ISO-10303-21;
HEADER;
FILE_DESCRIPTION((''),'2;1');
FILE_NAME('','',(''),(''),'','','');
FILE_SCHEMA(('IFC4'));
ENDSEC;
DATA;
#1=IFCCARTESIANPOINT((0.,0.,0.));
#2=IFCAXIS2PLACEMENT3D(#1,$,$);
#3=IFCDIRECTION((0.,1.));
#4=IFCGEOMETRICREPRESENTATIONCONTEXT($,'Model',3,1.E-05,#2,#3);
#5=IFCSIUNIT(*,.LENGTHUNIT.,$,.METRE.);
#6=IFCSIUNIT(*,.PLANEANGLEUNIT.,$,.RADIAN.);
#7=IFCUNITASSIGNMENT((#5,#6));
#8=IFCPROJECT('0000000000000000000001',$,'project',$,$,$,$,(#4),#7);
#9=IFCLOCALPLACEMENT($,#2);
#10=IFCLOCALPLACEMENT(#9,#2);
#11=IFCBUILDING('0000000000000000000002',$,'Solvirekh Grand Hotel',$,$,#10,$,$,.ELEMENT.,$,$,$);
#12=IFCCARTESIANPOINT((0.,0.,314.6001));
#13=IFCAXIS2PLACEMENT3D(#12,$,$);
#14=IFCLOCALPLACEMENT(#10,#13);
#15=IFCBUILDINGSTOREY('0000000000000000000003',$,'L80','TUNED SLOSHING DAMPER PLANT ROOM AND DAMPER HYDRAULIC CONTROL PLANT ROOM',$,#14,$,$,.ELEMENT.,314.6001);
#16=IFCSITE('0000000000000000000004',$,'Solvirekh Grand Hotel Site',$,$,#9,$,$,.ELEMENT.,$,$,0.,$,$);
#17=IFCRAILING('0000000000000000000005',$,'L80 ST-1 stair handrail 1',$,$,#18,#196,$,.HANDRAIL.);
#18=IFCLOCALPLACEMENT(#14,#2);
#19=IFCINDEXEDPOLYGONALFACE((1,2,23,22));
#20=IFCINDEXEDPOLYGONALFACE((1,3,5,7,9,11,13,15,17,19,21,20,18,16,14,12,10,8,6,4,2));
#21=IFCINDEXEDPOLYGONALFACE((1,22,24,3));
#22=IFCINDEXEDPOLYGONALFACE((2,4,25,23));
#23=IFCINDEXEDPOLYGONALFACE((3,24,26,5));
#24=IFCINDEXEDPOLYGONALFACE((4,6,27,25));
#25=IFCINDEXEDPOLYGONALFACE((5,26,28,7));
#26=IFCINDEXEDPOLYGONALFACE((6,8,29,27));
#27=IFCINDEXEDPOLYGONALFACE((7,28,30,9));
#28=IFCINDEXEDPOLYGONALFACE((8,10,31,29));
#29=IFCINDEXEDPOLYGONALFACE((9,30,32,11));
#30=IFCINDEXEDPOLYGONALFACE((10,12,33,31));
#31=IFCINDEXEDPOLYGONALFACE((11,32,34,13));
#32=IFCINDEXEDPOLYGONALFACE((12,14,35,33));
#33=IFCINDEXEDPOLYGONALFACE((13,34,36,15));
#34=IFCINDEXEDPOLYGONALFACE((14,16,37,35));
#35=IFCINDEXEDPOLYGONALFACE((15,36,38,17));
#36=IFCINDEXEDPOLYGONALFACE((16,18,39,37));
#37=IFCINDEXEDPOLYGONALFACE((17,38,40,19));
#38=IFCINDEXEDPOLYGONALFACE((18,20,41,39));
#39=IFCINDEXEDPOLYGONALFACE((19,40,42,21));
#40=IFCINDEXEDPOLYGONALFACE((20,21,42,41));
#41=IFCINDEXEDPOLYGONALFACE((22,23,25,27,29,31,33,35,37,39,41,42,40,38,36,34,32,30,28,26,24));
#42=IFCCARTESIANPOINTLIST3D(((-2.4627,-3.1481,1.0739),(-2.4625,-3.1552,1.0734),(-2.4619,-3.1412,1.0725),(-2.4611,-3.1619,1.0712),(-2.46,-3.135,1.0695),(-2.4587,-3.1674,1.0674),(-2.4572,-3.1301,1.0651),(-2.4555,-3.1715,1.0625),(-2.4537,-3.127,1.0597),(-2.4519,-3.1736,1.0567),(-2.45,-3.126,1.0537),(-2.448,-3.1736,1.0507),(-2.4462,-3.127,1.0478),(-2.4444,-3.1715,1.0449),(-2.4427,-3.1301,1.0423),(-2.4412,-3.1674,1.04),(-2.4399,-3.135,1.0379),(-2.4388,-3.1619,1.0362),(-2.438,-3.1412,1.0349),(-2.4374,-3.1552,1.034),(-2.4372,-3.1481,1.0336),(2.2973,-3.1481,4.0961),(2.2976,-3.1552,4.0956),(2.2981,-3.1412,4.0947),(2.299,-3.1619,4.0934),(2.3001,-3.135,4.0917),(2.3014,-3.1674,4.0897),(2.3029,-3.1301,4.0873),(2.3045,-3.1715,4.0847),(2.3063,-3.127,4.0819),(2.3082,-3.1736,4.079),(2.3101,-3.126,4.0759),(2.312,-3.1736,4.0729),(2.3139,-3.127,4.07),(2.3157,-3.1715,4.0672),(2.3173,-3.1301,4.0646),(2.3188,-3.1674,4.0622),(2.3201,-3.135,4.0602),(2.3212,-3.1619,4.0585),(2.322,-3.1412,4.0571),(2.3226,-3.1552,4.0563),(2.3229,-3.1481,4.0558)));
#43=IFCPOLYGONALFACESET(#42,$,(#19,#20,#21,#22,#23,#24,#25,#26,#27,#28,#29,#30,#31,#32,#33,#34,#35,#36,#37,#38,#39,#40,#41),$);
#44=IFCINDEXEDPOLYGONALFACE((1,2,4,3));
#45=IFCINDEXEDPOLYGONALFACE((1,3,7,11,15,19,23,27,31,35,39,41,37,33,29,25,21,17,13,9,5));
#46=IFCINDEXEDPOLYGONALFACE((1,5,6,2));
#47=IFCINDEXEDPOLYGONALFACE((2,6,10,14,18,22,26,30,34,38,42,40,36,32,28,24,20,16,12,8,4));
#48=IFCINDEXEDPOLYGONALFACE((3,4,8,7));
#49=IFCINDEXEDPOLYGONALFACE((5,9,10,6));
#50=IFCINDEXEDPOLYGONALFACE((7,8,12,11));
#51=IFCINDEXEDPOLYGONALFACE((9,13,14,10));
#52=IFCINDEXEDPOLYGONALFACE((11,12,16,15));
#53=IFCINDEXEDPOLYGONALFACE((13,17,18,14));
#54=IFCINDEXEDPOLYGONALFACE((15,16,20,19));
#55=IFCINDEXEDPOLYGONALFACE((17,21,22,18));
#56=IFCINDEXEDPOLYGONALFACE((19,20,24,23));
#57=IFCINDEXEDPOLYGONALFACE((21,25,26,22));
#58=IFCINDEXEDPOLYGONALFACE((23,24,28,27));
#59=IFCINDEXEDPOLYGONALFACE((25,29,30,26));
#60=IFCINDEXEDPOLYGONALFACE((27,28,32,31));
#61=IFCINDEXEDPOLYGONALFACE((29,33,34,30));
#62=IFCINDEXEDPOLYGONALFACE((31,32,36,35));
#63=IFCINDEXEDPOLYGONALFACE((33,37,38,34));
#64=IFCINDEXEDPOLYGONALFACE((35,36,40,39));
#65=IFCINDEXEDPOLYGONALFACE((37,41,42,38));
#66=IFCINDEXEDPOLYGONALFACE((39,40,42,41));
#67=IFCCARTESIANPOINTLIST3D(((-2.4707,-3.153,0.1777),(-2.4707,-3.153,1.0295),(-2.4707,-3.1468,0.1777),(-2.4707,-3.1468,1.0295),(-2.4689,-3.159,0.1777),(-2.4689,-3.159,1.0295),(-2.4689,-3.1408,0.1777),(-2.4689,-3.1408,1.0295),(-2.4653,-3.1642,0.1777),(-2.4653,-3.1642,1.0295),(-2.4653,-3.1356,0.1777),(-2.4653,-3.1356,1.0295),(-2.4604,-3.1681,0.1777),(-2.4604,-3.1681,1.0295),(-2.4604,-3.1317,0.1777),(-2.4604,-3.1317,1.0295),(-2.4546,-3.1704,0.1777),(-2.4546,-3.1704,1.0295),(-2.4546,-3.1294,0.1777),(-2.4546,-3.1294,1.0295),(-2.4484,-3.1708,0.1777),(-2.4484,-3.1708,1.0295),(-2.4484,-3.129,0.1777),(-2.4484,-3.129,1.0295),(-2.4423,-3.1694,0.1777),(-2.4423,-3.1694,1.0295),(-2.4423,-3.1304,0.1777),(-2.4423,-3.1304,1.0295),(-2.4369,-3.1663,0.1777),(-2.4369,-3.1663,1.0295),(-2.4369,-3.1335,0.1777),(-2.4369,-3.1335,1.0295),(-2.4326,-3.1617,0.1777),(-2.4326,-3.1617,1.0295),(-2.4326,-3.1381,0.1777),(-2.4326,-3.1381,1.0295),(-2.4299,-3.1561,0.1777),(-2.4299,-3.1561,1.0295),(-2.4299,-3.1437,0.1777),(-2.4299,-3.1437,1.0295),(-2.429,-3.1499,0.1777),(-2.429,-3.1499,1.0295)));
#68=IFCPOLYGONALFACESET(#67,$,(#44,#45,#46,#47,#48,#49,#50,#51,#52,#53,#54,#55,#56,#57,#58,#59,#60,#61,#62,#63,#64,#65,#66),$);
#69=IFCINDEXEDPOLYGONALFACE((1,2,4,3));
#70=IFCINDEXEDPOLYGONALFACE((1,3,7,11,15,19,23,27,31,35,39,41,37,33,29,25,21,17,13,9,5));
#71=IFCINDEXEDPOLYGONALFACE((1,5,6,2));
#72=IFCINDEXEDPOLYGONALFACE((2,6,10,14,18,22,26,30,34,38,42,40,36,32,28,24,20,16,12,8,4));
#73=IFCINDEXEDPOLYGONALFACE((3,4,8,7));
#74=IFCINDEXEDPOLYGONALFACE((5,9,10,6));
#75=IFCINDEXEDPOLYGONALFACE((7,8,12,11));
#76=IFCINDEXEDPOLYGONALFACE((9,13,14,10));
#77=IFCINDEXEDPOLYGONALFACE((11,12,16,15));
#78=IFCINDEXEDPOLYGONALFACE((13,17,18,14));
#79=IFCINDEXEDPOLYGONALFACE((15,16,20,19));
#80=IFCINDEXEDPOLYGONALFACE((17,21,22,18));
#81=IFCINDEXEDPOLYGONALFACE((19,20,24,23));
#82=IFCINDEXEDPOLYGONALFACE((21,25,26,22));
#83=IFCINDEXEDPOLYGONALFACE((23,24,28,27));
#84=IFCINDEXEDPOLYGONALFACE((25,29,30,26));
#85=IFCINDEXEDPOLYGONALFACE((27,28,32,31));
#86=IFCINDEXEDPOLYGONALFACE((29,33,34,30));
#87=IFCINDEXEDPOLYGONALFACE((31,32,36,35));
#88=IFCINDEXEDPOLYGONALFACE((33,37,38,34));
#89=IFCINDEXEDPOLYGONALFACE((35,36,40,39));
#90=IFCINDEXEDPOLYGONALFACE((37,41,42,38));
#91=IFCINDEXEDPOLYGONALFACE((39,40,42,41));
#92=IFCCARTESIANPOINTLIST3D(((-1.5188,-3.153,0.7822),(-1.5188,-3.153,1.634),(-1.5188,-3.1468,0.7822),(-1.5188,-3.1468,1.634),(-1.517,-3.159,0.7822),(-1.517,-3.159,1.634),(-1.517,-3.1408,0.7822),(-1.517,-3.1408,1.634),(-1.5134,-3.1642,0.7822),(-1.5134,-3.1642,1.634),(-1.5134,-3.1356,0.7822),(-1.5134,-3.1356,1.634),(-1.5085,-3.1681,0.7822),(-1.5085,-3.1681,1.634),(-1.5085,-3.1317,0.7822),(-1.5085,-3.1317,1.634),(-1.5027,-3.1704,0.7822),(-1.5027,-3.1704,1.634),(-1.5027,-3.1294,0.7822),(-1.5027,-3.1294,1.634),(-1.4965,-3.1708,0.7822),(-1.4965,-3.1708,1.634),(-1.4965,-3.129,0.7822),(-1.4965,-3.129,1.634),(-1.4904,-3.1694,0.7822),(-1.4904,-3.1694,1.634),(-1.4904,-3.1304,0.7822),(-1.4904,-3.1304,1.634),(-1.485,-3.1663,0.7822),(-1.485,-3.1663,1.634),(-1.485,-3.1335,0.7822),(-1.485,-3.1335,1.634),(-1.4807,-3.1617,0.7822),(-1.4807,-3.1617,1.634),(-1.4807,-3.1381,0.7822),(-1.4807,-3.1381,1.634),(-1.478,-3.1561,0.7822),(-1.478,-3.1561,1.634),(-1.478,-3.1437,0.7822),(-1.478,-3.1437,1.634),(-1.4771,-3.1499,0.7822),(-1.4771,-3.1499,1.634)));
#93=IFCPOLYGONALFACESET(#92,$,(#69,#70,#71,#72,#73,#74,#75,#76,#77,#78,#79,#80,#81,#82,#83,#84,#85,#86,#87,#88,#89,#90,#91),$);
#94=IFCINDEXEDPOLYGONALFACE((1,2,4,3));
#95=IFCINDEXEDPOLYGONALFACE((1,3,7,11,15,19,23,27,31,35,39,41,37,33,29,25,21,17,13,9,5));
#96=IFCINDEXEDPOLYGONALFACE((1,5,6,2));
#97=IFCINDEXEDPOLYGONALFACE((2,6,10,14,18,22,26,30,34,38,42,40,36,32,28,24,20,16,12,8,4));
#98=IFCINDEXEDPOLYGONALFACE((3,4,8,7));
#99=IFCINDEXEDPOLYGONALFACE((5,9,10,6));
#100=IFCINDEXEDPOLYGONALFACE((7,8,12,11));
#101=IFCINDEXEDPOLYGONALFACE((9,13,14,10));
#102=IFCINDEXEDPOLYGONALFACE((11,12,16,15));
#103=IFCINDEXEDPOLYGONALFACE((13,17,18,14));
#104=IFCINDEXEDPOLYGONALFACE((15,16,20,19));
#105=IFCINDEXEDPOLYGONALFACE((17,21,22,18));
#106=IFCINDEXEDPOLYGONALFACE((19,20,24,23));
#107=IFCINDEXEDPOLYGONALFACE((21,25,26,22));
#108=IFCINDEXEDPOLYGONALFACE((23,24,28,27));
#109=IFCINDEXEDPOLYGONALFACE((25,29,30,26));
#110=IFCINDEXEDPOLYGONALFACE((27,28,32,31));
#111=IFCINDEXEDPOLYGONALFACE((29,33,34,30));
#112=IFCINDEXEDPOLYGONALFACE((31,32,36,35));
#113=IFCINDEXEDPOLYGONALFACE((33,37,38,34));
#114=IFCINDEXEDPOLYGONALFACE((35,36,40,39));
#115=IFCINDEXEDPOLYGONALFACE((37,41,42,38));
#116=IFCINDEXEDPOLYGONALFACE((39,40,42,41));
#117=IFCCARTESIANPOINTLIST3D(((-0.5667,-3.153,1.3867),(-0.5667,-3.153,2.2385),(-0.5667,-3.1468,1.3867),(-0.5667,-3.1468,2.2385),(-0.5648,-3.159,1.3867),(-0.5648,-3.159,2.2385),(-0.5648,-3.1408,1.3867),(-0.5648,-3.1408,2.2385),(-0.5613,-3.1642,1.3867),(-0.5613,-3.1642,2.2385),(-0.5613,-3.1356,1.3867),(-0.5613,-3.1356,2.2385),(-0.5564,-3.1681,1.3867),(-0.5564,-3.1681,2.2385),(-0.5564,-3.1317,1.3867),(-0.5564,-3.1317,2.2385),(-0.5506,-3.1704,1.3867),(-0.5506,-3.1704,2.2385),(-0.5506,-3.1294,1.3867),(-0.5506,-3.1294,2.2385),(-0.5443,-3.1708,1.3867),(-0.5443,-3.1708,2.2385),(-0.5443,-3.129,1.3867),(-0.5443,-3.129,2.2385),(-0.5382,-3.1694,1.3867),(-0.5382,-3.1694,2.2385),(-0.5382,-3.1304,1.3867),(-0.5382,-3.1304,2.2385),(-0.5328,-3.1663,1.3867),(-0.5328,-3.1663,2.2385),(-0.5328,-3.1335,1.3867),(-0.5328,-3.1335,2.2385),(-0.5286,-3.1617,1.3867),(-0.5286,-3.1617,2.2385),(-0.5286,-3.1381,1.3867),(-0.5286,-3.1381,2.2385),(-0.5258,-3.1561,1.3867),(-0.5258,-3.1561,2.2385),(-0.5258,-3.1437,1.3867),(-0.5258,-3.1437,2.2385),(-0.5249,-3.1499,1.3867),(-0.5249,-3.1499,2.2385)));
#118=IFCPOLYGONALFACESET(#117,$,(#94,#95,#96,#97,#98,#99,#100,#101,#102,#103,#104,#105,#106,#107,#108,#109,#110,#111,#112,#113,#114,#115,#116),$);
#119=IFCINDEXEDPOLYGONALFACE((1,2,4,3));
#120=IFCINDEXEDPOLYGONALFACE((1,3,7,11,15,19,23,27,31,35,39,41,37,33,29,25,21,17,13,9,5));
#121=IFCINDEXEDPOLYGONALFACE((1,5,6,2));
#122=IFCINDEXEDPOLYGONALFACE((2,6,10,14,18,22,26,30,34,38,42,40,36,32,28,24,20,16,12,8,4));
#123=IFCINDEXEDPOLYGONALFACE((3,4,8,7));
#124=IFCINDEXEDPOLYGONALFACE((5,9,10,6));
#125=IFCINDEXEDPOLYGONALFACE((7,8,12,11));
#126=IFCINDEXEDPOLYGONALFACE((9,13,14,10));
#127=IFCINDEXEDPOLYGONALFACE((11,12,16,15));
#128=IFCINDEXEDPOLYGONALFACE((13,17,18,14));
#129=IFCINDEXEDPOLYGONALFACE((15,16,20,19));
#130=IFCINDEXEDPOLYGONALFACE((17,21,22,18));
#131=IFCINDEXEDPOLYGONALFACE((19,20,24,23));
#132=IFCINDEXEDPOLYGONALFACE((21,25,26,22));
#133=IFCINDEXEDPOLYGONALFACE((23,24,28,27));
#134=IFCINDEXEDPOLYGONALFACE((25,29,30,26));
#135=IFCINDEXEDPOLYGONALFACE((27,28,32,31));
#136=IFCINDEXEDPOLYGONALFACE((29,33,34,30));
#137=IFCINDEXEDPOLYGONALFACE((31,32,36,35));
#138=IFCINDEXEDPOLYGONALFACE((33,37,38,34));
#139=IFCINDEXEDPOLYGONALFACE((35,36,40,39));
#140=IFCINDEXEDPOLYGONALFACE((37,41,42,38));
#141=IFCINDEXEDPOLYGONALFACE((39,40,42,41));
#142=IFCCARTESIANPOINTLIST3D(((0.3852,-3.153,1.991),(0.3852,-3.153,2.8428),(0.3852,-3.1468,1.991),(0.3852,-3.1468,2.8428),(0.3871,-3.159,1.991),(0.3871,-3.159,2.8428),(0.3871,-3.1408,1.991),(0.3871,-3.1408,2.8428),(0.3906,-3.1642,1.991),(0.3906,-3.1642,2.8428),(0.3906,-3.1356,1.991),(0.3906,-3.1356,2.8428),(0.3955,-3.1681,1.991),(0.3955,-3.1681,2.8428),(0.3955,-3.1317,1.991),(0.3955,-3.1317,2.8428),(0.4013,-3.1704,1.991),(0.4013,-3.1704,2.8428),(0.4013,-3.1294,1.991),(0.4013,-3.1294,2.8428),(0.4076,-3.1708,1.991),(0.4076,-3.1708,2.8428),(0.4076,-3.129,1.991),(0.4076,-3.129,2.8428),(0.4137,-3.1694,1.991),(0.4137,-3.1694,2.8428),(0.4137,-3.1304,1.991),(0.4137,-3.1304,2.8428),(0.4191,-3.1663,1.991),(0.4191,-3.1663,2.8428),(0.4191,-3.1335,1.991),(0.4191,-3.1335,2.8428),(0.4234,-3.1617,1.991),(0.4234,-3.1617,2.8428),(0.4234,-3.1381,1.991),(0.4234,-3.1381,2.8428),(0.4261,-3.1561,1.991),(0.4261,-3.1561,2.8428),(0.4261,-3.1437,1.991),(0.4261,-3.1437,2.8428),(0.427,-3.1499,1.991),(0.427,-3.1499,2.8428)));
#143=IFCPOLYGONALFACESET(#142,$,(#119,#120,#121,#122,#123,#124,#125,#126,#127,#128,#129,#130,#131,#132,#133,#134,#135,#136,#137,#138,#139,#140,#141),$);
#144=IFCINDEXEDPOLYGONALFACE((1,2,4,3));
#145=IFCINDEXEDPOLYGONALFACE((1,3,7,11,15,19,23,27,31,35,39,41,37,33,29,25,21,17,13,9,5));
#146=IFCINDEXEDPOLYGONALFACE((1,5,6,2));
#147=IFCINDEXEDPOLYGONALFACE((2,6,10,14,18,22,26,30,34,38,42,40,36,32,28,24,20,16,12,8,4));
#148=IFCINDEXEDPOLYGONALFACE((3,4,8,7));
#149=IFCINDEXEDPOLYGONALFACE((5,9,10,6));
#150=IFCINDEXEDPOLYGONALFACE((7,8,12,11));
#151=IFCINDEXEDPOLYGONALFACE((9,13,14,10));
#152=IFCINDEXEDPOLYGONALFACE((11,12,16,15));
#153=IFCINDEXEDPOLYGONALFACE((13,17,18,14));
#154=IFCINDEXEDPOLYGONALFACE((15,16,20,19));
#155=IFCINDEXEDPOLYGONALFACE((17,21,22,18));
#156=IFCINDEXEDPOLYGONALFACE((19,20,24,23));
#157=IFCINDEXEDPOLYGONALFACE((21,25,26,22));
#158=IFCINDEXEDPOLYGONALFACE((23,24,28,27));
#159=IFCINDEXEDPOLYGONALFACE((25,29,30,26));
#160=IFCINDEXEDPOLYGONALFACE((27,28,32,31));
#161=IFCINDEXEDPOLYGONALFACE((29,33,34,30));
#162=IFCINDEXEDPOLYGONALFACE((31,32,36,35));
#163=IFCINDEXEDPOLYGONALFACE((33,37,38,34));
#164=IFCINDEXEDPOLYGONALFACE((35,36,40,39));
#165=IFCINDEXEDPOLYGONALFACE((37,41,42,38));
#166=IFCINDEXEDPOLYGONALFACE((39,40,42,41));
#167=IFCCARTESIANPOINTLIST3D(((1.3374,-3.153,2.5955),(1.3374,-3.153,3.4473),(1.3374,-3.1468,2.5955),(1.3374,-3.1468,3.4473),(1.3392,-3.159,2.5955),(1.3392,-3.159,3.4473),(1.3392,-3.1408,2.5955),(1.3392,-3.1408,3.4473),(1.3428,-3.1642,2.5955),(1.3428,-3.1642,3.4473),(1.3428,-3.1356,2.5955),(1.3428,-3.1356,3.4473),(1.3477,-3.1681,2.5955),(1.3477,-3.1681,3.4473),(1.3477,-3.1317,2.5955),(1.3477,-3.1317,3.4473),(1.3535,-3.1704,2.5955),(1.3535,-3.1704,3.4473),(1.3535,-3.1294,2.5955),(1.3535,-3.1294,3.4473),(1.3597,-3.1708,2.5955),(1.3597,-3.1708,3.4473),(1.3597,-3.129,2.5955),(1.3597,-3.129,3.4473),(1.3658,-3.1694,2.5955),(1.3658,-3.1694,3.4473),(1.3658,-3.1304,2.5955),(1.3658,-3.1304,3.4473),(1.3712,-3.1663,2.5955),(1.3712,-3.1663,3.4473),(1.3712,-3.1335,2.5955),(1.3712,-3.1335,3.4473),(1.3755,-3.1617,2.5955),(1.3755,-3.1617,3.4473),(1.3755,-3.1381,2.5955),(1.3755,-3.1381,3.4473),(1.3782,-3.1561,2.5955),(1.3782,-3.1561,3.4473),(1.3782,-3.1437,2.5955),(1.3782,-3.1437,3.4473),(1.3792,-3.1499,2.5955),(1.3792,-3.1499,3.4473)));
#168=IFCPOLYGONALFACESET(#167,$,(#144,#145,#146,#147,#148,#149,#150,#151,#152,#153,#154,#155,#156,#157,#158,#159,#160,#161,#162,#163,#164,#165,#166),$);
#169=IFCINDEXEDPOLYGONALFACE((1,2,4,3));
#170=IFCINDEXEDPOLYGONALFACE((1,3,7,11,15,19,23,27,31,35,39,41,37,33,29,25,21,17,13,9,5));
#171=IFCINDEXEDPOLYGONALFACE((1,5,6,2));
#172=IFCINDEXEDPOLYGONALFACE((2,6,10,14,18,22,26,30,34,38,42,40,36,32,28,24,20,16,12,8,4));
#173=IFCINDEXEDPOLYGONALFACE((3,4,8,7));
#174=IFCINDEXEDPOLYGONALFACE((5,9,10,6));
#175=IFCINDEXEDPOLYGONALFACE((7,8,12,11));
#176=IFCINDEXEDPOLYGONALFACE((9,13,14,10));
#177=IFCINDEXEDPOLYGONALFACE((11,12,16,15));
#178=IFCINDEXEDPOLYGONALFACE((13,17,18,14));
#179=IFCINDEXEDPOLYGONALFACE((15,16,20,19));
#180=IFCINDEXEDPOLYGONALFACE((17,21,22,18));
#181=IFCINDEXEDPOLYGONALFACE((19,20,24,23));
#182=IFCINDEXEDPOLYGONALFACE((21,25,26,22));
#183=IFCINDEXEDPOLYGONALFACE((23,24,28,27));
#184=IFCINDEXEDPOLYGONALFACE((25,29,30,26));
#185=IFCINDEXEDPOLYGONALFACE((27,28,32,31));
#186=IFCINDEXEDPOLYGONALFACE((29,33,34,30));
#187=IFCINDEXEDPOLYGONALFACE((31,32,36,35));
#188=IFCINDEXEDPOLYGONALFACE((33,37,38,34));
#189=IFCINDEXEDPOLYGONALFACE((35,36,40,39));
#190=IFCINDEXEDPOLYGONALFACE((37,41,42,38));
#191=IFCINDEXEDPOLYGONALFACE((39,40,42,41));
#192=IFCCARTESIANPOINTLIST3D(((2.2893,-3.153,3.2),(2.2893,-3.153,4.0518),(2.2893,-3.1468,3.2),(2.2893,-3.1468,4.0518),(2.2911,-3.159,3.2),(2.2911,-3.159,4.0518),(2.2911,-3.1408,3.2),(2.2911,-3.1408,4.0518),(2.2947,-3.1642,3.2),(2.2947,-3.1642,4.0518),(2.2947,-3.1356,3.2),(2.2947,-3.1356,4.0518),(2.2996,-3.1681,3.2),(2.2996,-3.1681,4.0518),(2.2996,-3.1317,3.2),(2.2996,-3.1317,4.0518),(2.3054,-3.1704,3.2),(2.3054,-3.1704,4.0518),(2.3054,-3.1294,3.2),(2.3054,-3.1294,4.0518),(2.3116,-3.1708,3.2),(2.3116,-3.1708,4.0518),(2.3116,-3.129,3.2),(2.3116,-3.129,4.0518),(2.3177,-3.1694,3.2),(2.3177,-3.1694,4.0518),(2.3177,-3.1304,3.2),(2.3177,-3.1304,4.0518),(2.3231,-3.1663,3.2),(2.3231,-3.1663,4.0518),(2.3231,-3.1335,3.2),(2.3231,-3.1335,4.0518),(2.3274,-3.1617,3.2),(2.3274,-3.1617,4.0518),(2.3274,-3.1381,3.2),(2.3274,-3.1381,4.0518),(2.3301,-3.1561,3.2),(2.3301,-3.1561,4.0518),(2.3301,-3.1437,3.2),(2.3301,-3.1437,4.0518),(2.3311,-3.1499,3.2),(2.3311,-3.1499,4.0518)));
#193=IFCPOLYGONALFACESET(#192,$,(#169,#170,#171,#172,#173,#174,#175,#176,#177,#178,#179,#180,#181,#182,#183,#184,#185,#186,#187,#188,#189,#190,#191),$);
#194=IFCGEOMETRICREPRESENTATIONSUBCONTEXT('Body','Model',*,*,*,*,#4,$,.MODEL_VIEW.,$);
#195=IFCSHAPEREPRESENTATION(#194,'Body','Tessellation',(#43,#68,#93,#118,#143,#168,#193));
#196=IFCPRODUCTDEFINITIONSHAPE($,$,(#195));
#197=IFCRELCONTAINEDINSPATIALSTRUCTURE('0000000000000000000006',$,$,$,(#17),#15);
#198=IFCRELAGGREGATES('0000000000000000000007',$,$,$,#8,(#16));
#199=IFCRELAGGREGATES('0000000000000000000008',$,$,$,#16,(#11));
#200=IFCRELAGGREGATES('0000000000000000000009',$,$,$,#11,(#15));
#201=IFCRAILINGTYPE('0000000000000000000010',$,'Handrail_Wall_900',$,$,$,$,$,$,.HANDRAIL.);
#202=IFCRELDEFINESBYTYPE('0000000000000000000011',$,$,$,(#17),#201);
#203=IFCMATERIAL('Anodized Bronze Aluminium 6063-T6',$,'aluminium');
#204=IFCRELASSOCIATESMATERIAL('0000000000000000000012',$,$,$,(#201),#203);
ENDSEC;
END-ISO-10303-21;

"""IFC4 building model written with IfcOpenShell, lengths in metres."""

from ifc_helpers import new_model, si_unit, direction, frame, origin, origin_2d, place, context, subcontext, project, spatial, circle, extrude, material, type_object, element, save


model = new_model("IFC4")

# Units and contexts
model_context = context("Model", 3, precision=1e-05, world=origin(), true_north=direction((0.0, 1.0)))
body_context = subcontext(model_context, "Body", "Model", "MODEL_VIEW")
ifc_project = project(units=[si_unit("LENGTHUNIT", "METRE"), si_unit("PLANEANGLEUNIT", "RADIAN")], contexts=[model_context])

# Site, building, storey
site_placement = place(None, origin())
site = spatial("IfcSite", under=ifc_project, at=site_placement, Name="Solvirekh Grand Hotel Site", CompositionType="ELEMENT", RefElevation=0.0)
building_placement = place(site_placement, origin())
building = spatial("IfcBuilding", under=site, at=building_placement, Name="Solvirekh Grand Hotel", CompositionType="ELEMENT")
storey_placement = place(building_placement, frame((0.0, 0.0, 314.6001)))
storey = spatial("IfcBuildingStorey", under=building, at=storey_placement, Name="L80", Description="TUNED SLOSHING DAMPER PLANT ROOM AND DAMPER HYDRAULIC CONTROL PLANT ROOM", CompositionType="ELEMENT", Elevation=314.6001)

# Shared definitions
ifc_material_1 = material(Name="Anodized Bronze Aluminium 6063-T6", Category="aluminium")

# Railing
railing_type_1 = type_object("IfcRailingType", Name="Handrail_Wall_900", PredefinedType="HANDRAIL", material=ifc_material_1)
railing_1_placement = place(storey_placement, frame((-2.45, -3.1499, 0.1777)))
element("IfcRailing", 1, at=railing_1_placement, inside=storey, type_object=railing_type_1, Name="L80 ST-1 stair handrail 1", PredefinedType="HANDRAIL", context=body_context, shape_type="SweptSolid", body=[
    extrude(circle(Radius=0.0239, at=origin_2d()), frame((0.0, 0.0, 0.876), z_axis=(0.844214, 0.0, 0.536007), x_axis=(0.0, 1.0, 0.0)), (0.0, 0.0, 1.0), 5.6384),
    extrude(circle(Radius=0.021, at=origin_2d()), origin(), (0.0, 0.0, 1.0), 0.8518),
    extrude(circle(Radius=0.021, at=origin_2d()), frame((0.9519, 0.0, 0.6045)), (0.0, 0.0, 1.0), 0.8518),
    extrude(circle(Radius=0.021, at=origin_2d()), frame((1.9041, 0.0, 1.209)), (0.0, 0.0, 1.0), 0.8518),
    extrude(circle(Radius=0.021, at=origin_2d()), frame((2.856, 0.0, 1.8132)), (0.0, 0.0, 1.0), 0.8518),
    extrude(circle(Radius=0.021, at=origin_2d()), frame((3.8081, 0.0, 2.4177)), (0.0, 0.0, 1.0), 0.8518),
    extrude(circle(Radius=0.021, at=origin_2d()), frame((4.76, 0.0, 3.0222)), (0.0, 0.0, 1.0), 0.8518),
])

save(model, "model.ifc")
